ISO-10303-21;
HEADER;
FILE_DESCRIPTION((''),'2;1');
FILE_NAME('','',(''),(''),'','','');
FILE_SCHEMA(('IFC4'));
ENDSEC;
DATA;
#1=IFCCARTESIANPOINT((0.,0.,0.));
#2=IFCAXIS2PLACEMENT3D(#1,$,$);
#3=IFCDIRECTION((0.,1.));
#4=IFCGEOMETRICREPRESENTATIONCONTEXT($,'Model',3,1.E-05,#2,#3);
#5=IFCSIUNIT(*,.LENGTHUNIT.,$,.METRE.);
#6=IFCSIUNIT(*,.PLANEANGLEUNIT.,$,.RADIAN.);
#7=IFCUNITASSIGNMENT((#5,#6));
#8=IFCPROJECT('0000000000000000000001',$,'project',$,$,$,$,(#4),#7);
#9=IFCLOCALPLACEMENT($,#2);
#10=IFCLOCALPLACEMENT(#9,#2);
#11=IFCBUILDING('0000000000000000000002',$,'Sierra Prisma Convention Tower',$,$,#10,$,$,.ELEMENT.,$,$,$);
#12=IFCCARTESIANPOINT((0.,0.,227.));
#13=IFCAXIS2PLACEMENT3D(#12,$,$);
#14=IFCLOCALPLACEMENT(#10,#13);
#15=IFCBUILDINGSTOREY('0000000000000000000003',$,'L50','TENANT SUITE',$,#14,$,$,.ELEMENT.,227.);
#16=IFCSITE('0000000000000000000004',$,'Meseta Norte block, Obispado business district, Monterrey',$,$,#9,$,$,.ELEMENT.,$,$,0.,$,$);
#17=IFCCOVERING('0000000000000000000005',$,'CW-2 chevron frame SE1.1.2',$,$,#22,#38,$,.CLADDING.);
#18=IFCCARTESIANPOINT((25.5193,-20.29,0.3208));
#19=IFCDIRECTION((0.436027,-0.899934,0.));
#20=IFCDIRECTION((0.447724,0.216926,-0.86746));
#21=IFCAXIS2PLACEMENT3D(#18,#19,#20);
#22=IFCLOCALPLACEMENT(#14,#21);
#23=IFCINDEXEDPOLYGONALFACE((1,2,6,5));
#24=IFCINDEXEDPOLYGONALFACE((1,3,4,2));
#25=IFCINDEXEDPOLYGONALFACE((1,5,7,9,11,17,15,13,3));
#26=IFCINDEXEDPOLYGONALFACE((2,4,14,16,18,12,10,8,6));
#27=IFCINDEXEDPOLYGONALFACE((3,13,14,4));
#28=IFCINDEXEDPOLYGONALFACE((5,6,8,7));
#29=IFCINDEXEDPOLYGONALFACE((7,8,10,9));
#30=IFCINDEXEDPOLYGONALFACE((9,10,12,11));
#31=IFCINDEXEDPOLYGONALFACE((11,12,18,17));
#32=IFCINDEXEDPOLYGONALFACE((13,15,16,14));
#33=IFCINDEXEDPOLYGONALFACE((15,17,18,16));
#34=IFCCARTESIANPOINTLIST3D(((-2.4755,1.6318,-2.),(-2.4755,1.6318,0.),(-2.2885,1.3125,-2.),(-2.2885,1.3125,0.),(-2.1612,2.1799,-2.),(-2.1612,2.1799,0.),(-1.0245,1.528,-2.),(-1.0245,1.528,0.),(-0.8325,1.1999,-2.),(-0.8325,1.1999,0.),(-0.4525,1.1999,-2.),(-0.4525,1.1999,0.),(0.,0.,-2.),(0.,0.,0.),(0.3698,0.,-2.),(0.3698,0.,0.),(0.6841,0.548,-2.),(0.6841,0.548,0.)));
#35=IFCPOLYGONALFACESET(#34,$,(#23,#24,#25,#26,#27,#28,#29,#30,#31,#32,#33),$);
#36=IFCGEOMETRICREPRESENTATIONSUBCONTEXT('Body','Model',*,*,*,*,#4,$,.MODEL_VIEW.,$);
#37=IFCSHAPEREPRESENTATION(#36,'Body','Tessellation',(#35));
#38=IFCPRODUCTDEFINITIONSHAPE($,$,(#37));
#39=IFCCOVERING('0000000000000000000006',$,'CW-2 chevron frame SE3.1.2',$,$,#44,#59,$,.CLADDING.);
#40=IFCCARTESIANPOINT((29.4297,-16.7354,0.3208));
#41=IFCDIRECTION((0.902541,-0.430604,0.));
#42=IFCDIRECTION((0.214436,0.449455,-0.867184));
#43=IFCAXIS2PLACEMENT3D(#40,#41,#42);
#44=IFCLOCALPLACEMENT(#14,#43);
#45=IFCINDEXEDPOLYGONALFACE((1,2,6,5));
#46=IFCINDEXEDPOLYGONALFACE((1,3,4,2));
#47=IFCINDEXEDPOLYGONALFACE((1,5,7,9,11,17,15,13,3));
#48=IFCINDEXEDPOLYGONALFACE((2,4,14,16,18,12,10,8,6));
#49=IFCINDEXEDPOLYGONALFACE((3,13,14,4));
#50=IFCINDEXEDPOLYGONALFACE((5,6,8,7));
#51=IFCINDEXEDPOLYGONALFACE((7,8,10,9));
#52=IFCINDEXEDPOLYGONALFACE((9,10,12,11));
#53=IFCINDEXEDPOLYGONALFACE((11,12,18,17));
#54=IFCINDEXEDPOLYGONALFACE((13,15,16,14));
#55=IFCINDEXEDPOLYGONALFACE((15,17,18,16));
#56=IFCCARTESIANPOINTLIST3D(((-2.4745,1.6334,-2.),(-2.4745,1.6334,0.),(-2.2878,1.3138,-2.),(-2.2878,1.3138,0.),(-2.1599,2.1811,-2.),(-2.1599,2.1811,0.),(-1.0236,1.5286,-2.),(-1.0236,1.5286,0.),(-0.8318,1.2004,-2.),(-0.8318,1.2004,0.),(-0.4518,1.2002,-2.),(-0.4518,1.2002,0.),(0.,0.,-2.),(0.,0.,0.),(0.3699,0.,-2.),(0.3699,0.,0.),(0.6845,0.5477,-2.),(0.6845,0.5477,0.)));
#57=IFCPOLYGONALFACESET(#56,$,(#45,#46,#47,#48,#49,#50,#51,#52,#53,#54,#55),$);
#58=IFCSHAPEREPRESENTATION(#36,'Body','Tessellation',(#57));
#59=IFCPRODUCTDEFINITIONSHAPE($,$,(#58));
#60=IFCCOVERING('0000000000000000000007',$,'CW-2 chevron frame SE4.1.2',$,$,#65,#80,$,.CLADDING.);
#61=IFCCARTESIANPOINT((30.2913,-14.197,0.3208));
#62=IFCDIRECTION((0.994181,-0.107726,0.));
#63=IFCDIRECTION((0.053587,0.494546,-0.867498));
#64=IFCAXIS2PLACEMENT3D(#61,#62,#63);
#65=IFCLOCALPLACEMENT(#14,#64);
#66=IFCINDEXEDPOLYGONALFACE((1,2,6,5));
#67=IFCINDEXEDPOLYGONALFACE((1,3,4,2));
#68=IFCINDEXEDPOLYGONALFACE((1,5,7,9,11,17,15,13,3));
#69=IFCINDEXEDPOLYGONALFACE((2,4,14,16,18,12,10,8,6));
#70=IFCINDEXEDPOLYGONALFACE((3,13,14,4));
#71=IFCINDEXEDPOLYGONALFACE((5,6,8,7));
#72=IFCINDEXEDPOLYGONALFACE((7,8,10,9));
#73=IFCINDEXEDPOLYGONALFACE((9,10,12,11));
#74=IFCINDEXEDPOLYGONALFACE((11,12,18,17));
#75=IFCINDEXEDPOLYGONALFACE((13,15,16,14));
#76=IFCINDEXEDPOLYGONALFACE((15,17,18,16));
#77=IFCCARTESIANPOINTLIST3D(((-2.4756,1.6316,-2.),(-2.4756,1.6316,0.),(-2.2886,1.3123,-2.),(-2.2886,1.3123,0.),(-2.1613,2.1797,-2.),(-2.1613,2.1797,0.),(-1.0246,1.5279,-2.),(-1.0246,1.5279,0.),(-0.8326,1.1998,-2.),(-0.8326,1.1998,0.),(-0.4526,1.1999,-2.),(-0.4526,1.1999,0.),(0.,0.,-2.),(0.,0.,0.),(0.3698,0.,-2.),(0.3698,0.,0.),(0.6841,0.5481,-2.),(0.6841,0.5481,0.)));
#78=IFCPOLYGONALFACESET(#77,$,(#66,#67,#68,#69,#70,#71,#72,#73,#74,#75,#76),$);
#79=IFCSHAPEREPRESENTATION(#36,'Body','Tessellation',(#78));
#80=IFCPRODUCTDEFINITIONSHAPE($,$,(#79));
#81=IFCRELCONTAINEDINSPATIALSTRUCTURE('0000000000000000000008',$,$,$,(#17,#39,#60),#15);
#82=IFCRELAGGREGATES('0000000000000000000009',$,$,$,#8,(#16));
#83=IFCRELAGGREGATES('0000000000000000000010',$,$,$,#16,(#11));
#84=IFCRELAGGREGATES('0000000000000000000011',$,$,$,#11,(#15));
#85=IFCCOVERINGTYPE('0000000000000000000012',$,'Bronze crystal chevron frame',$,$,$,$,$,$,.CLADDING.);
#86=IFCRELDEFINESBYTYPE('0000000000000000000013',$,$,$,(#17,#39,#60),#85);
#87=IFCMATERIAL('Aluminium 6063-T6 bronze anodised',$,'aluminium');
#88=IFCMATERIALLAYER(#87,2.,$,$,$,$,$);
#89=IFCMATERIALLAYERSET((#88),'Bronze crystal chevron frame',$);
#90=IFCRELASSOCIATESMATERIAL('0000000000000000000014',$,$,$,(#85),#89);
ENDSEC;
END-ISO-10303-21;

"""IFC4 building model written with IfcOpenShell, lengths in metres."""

from ifc_helpers import new_model, si_unit, direction, frame, origin, place, context, subcontext, project, spatial, polyline, outline, extrude, material, layer, layer_set, type_object, element, save


model = new_model("IFC4")

# Units and contexts
model_context = context("Model", 3, precision=1e-05, world=origin(), true_north=direction((0.0, 1.0)))
body_context = subcontext(model_context, "Body", "Model", "MODEL_VIEW")
ifc_project = project(units=[si_unit("LENGTHUNIT", "METRE"), si_unit("PLANEANGLEUNIT", "RADIAN")], contexts=[model_context])

# Site, building, storey
site_placement = place(None, origin())
site = spatial("IfcSite", under=ifc_project, at=site_placement, Name="Meseta Norte block, Obispado business district, Monterrey", CompositionType="ELEMENT", RefElevation=0.0)
building_placement = place(site_placement, origin())
building = spatial("IfcBuilding", under=site, at=building_placement, Name="Sierra Prisma Convention Tower", CompositionType="ELEMENT")
storey_placement = place(building_placement, frame((0.0, 0.0, 227.0)))
storey = spatial("IfcBuildingStorey", under=building, at=storey_placement, Name="L50", Description="TENANT SUITE", CompositionType="ELEMENT", Elevation=227.0)

# Coverings
ifc_material_1 = material(Name="Aluminium 6063-T6 bronze anodised", Category="aluminium")
ifc_layer_1 = layer(ifc_material_1, 2.0)
ifc_layer_set_1 = layer_set([ifc_layer_1], Name="Bronze crystal chevron frame")
covering_type = type_object("IfcCoveringType", Name="Bronze crystal chevron frame", PredefinedType="CLADDING", material=ifc_layer_set_1)
covering_1_placement = place(storey_placement, frame((25.5193, -20.29, 0.3208), z_axis=(0.436027, -0.899934, 0.0), x_axis=(0.447724, 0.216926, -0.86746)))
element("IfcCovering", 1, at=covering_1_placement, inside=storey, type_object=covering_type, Name="CW-2 chevron frame SE1.1.2", PredefinedType="CLADDING", context=body_context, shape_type="SweptSolid", body=[
    extrude(outline(polyline([(0.0, 0.0), (0.3698, 0.0), (0.6841, 0.548), (-0.4525, 1.1999), (-0.8325, 1.1999), (-1.0245, 1.528), (-2.1612, 2.1799), (-2.4755, 1.6318), (-2.2885, 1.3125), (0.0, 0.0)])), origin(), (0.0, 0.0, -1.0), 2.0),
])
covering_2_placement = place(storey_placement, frame((29.4297, -16.7354, 0.3208), z_axis=(0.902541, -0.430604, 0.0), x_axis=(0.214436, 0.449455, -0.867184)))
element("IfcCovering", 2, at=covering_2_placement, inside=storey, type_object=covering_type, Name="CW-2 chevron frame SE3.1.2", PredefinedType="CLADDING", context=body_context, shape_type="SweptSolid", body=[
    extrude(outline(polyline([(0.0, 0.0), (0.3699, 0.0), (0.6845, 0.5477), (-0.4518, 1.2002), (-0.8318, 1.2004), (-1.0236, 1.5286), (-2.1599, 2.1811), (-2.4745, 1.6334), (-2.2878, 1.3138), (0.0, 0.0)])), origin(), (0.0, 0.0, -1.0), 2.0),
])
covering_3_placement = place(storey_placement, frame((30.2913, -14.197, 0.3208), z_axis=(0.994181, -0.107726, 0.0), x_axis=(0.053587, 0.494546, -0.867498)))
element("IfcCovering", 3, at=covering_3_placement, inside=storey, type_object=covering_type, Name="CW-2 chevron frame SE4.1.2", PredefinedType="CLADDING", context=body_context, shape_type="SweptSolid", body=[
    extrude(outline(polyline([(0.0, 0.0), (0.3698, 0.0), (0.6841, 0.5481), (-0.4526, 1.1999), (-0.8326, 1.1998), (-1.0246, 1.5279), (-2.1613, 2.1797), (-2.4756, 1.6316), (-2.2886, 1.3123), (0.0, 0.0)])), origin(), (0.0, 0.0, -1.0), 2.0),
])

save(model, "model.ifc")
